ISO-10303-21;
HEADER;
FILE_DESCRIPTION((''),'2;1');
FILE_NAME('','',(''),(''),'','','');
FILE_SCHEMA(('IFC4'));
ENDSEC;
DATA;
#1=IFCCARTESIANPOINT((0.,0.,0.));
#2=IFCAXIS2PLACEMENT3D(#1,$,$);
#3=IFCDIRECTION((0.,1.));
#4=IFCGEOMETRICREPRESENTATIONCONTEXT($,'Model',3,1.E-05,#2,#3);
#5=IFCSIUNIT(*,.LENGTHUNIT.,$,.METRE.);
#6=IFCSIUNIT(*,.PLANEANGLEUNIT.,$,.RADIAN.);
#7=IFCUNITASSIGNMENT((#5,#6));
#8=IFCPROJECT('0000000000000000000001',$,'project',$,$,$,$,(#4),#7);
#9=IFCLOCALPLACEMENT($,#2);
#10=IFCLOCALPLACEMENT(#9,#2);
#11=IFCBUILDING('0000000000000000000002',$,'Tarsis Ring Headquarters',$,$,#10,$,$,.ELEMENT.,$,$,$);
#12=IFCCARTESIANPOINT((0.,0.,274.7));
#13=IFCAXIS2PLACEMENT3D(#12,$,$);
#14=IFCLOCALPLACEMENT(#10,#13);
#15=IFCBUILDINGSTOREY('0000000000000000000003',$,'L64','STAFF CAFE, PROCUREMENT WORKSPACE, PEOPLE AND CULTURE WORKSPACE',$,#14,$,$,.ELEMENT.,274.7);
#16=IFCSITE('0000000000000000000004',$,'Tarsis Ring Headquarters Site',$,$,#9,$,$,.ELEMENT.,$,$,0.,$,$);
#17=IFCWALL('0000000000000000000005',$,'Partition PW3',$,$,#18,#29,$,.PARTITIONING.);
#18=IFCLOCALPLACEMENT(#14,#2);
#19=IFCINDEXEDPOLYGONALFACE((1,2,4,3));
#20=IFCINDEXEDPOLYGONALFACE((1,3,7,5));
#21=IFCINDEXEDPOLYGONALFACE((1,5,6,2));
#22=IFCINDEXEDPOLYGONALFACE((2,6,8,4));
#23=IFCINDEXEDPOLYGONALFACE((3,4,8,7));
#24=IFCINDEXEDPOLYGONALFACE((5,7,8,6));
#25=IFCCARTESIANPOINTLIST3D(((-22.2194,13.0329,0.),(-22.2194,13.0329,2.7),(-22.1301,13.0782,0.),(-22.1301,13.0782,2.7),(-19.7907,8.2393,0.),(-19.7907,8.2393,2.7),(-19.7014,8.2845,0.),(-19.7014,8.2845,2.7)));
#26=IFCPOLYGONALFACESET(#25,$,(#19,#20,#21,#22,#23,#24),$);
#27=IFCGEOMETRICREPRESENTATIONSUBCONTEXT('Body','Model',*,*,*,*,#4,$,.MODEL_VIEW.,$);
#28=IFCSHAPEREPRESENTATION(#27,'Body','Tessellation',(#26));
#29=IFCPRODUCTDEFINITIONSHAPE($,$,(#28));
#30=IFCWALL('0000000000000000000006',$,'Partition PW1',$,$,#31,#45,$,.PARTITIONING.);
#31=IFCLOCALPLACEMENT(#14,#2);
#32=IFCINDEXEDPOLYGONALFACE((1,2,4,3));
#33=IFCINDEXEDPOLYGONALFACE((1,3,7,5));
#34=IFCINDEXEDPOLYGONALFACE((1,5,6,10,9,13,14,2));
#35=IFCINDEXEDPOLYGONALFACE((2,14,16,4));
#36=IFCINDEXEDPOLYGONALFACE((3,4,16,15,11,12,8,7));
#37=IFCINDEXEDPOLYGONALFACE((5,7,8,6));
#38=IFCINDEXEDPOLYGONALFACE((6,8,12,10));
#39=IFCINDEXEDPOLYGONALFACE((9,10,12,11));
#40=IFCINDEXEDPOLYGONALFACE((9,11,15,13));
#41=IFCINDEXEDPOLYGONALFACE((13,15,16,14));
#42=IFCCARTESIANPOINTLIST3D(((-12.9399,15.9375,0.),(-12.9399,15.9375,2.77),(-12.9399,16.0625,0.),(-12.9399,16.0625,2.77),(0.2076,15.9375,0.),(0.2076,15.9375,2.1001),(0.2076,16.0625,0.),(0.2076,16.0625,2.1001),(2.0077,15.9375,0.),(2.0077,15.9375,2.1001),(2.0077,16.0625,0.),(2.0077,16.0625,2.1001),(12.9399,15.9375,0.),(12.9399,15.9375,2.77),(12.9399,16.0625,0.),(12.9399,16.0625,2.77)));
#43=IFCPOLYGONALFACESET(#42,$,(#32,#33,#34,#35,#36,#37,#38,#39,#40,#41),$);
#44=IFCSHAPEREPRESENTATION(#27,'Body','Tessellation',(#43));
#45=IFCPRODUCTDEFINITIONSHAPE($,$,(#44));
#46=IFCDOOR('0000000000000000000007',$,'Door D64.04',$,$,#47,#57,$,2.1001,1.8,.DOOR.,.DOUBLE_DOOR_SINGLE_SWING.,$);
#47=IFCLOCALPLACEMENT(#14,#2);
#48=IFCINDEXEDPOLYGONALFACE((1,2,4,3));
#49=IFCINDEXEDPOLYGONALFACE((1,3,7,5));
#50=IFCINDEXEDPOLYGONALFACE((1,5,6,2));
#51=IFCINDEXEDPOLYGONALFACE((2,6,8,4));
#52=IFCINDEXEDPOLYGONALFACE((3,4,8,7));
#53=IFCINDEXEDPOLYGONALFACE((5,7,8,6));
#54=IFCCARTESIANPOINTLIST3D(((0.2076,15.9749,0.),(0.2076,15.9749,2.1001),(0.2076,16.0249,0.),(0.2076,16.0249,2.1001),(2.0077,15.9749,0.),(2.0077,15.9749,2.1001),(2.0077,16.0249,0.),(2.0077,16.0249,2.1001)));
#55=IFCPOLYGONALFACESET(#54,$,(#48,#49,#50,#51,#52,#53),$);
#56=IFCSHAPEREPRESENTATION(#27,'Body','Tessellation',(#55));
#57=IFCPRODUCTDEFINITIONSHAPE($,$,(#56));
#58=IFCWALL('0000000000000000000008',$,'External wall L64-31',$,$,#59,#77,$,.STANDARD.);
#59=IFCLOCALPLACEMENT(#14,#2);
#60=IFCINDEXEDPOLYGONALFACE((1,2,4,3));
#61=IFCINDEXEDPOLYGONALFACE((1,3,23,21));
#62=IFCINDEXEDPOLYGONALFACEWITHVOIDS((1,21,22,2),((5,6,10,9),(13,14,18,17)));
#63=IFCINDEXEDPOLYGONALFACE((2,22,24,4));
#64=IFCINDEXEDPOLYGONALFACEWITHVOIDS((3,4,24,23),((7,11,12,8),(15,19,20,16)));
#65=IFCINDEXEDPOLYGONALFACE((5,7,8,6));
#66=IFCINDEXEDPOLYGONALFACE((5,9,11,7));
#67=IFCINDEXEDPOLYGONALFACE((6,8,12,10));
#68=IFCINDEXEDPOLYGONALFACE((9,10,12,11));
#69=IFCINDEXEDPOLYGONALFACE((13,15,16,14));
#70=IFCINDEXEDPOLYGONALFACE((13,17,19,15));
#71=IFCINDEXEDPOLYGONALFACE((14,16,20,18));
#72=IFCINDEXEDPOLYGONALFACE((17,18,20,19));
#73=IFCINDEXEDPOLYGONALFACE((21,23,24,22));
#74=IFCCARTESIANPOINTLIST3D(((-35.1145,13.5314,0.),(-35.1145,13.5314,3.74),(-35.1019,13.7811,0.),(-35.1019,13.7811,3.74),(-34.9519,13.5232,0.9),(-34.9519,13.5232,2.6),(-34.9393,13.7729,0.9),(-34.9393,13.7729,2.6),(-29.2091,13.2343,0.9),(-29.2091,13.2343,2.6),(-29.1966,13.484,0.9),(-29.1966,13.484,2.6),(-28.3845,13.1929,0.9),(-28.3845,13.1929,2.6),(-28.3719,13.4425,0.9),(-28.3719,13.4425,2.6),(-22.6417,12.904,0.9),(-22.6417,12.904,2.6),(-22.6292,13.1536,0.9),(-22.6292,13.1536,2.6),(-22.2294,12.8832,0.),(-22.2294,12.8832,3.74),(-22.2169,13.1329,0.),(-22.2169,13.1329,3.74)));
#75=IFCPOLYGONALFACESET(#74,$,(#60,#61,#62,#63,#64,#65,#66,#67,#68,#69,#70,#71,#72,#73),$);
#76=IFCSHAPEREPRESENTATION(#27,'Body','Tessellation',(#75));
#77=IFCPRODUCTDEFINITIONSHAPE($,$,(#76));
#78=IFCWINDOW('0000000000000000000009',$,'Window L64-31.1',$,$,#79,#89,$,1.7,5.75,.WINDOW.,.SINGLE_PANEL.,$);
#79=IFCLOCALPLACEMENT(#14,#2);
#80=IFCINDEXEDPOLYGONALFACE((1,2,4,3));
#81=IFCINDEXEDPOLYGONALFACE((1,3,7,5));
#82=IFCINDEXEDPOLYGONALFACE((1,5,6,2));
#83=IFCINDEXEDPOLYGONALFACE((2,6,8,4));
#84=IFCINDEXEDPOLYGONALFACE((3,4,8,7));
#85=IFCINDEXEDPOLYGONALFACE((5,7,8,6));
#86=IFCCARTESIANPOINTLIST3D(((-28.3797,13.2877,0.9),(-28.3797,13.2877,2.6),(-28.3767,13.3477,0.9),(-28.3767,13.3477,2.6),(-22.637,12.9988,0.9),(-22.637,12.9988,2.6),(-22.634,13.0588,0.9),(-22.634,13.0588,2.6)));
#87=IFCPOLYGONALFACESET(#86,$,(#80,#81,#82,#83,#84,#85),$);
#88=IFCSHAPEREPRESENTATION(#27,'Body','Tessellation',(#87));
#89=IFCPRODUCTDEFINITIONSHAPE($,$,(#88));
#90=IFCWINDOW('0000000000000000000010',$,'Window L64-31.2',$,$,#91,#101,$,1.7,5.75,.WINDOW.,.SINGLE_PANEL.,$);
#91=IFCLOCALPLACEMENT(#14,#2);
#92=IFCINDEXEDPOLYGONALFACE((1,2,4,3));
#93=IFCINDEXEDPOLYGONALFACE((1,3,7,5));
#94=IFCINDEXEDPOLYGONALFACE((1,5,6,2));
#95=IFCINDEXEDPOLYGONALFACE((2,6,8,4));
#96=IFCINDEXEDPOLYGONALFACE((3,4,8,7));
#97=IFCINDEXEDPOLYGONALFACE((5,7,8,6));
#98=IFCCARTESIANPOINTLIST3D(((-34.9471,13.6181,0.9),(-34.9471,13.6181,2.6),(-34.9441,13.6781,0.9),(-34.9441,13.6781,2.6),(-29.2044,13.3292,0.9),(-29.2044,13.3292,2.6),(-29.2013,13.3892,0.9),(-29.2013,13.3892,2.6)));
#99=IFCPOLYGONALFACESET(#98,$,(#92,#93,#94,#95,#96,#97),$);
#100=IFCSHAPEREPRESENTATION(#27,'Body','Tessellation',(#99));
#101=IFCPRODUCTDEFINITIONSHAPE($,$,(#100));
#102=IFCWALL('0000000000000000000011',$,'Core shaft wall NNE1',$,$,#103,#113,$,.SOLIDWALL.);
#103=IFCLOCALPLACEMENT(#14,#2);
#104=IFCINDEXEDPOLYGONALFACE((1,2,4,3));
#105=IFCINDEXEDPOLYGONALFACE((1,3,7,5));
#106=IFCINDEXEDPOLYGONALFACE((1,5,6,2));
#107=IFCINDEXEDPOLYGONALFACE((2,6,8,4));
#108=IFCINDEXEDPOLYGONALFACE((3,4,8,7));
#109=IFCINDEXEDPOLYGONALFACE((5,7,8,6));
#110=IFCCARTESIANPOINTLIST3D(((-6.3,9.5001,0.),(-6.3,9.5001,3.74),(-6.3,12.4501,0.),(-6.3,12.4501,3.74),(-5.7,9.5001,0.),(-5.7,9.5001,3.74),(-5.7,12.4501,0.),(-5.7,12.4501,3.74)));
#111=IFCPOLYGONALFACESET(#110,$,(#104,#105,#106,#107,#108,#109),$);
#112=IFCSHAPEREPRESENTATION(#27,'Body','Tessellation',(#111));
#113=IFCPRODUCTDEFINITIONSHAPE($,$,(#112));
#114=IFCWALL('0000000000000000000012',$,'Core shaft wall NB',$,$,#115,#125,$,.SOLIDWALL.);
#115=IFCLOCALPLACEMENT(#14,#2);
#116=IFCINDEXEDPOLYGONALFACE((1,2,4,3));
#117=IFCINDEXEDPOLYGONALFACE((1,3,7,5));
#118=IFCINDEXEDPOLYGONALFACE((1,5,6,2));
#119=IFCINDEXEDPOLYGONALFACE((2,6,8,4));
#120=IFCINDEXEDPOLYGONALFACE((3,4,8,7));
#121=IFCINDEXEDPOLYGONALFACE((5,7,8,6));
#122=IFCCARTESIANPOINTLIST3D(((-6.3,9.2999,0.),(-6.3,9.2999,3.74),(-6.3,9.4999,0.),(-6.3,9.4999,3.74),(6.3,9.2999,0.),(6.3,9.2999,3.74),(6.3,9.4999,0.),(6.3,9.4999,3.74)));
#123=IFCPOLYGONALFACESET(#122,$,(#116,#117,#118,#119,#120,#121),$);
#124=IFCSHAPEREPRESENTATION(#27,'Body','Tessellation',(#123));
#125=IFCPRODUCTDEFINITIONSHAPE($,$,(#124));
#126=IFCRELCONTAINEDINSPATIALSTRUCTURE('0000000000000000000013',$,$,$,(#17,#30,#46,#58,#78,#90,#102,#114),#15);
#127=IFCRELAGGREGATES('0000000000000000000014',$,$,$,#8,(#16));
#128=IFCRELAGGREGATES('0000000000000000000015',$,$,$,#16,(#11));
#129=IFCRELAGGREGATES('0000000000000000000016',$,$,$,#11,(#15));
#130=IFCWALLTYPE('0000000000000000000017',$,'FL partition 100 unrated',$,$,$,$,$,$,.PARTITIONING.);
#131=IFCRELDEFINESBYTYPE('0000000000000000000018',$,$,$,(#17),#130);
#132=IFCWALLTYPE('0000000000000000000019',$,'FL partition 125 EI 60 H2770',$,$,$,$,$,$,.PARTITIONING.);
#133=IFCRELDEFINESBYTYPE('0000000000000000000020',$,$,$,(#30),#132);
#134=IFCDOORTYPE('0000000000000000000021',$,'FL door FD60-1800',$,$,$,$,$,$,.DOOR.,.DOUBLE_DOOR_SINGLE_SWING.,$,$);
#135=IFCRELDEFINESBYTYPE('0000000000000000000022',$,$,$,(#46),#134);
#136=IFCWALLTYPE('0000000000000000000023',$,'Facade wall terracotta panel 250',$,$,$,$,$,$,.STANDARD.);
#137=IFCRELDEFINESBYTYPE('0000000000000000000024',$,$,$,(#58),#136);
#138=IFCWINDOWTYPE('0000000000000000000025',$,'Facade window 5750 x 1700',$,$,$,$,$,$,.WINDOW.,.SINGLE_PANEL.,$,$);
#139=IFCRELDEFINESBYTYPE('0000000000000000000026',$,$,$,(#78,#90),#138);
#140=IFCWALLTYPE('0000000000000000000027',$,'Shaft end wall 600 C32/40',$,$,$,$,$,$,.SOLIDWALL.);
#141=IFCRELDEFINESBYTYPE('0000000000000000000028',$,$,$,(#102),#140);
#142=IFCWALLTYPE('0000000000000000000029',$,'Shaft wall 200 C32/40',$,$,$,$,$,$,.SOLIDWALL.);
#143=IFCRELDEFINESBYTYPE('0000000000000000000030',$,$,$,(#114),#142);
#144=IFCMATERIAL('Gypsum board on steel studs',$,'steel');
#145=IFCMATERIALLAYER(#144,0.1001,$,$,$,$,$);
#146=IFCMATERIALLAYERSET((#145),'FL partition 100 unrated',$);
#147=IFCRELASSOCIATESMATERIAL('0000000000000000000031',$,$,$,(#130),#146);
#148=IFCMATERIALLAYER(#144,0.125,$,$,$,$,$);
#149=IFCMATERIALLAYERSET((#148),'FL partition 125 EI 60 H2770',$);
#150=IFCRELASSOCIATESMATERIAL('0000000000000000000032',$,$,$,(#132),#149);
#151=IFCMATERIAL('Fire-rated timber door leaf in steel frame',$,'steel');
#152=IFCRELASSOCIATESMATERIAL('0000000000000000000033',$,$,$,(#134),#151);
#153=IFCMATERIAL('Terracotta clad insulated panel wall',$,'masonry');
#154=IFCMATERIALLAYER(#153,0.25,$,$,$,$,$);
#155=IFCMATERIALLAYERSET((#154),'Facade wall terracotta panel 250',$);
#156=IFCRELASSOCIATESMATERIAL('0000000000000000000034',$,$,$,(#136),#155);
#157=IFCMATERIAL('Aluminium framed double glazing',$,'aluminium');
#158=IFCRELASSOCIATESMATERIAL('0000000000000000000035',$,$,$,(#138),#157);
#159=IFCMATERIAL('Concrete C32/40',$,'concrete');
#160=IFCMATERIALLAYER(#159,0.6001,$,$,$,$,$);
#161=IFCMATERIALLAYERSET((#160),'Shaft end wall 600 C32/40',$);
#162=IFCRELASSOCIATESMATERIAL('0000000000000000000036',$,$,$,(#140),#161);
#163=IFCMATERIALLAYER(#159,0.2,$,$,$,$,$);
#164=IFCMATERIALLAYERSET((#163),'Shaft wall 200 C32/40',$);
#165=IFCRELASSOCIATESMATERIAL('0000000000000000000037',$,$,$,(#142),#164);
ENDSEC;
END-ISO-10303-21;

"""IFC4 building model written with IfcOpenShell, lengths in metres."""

from ifc_helpers import new_model, si_unit, direction, frame, frame_2d, origin, place, context, subcontext, project, spatial, rectangle, extrude, material, layer, layer_set, type_object, element, fill, save


model = new_model("IFC4")

# Units and contexts
model_context = context("Model", 3, precision=1e-05, world=origin(), true_north=direction((0.0, 1.0)))
body_context = subcontext(model_context, "Body", "Model", "MODEL_VIEW")
ifc_project = project(units=[si_unit("LENGTHUNIT", "METRE"), si_unit("PLANEANGLEUNIT", "RADIAN")], contexts=[model_context])

# Site, building, storey
site_placement = place(None, origin())
site = spatial("IfcSite", under=ifc_project, at=site_placement, Name="Tarsis Ring Headquarters Site", CompositionType="ELEMENT", RefElevation=0.0)
building_placement = place(site_placement, origin())
building = spatial("IfcBuilding", under=site, at=building_placement, Name="Tarsis Ring Headquarters", CompositionType="ELEMENT")
storey_placement = place(building_placement, frame((0.0, 0.0, 274.7)))
storey = spatial("IfcBuildingStorey", under=building, at=storey_placement, Name="L64", Description="STAFF CAFE, PROCUREMENT WORKSPACE, PEOPLE AND CULTURE WORKSPACE", CompositionType="ELEMENT", Elevation=274.7)

# Wall
ifc_material_1 = material(Name="Gypsum board on steel studs", Category="steel")
ifc_layer_1 = layer(ifc_material_1, 0.1001)
ifc_layer_set_1 = layer_set([ifc_layer_1], Name="FL partition 100 unrated")
wall_type_1 = type_object("IfcWallType", Name="FL partition 100 unrated", PredefinedType="PARTITIONING", material=ifc_layer_set_1)
wall_1_placement = place(storey_placement, frame((-22.1748, 13.0557, 0.0), z_axis=(0.0, 0.0, 1.0), x_axis=(0.45195, -0.892043, 0.0)))
element("IfcWall", 1, at=wall_1_placement, inside=storey, type_object=wall_type_1, Name="Partition PW3", PredefinedType="PARTITIONING", context=body_context, shape_type="SweptSolid", body=[
    extrude(rectangle(XDim=5.3738, YDim=0.1001, at=frame_2d((2.687, 0.0))), origin(), (0.0, 0.0, 1.0), 2.7),
])

# Wall, opening, door
ifc_layer_2 = layer(ifc_material_1, 0.125)
ifc_layer_set_2 = layer_set([ifc_layer_2], Name="FL partition 125 EI 60 H2770")
wall_type_2 = type_object("IfcWallType", Name="FL partition 125 EI 60 H2770", PredefinedType="PARTITIONING", material=ifc_layer_set_2)
wall_2_placement = place(storey_placement, frame((-12.9399, 16.0, 0.0), z_axis=(0.0, 0.0, 1.0), x_axis=(1.0, 0.0, 0.0)))
wall_2 = element("IfcWall", 2, at=wall_2_placement, inside=storey, type_object=wall_type_2, Name="Partition PW1", PredefinedType="PARTITIONING", context=body_context, shape_type="SweptSolid", body=[
    extrude(rectangle(XDim=25.8799, YDim=0.125, at=frame_2d((12.9399, 0.0))), origin(), (0.0, 0.0, 1.0), 2.77),
])
opening_1_placement = place(wall_2_placement, frame((13.1477, 0.0, 0.0)))
opening_1 = element("IfcOpeningElement", 3, at=opening_1_placement, cuts=wall_2, PredefinedType="OPENING", context=body_context, shape_type="SweptSolid", body=[
    extrude(rectangle(XDim=1.8, YDim=2.1001, at=frame_2d((0.8999, 1.05))), frame((0.0, 0.0725, 0.0), z_axis=(0.0, -1.0, 0.0), x_axis=(1.0, 0.0, 0.0)), (0.0, 0.0, 1.0), 0.145),
])
ifc_material_2 = material(Name="Fire-rated timber door leaf in steel frame", Category="steel")
door_type_1 = type_object("IfcDoorType", Name="FL door FD60-1800", OperationType="DOUBLE_DOOR_SINGLE_SWING", PredefinedType="DOOR", material=ifc_material_2)
door_1_placement = place(opening_1_placement, origin())
door_1 = element("IfcDoor", 4, at=door_1_placement, inside=storey, type_object=door_type_1, Name="Door D64.04", OperationType="DOUBLE_DOOR_SINGLE_SWING", OverallHeight=2.1001, OverallWidth=1.8, PredefinedType="DOOR", context=body_context, shape_type="SweptSolid", body=[
    extrude(rectangle(XDim=1.8, YDim=2.1001, at=frame_2d((0.8999, 1.05))), frame((0.0, 0.0249, 0.0), z_axis=(0.0, -1.0, 0.0), x_axis=(1.0, 0.0, 0.0)), (0.0, 0.0, 1.0), 0.05),
])
fill(opening_1, door_1)

# Wall, openings, windows
ifc_material_3 = material(Name="Terracotta clad insulated panel wall", Category="masonry")
ifc_layer_3 = layer(ifc_material_3, 0.25)
ifc_layer_set_3 = layer_set([ifc_layer_3], Name="Facade wall terracotta panel 250")
wall_type_3 = type_object("IfcWallType", Name="Facade wall terracotta panel 250", PredefinedType="STANDARD", material=ifc_layer_set_3)
wall_3_placement = place(storey_placement, frame((-22.2231, 13.0081, 0.0), z_axis=(0.0, 0.0, 1.0), x_axis=(-0.998737, 0.050242, 0.0)))
wall_3 = element("IfcWall", 5, at=wall_3_placement, inside=storey, type_object=wall_type_3, Name="External wall L64-31", PredefinedType="STANDARD", context=body_context, shape_type="SweptSolid", body=[
    extrude(rectangle(XDim=12.9014, YDim=0.25, at=frame_2d((6.4507, 0.0))), origin(), (0.0, 0.0, 1.0), 3.74),
])
opening_2_placement = place(wall_3_placement, frame((0.4128, 0.0, 0.8999)))
opening_2 = element("IfcOpeningElement", 6, at=opening_2_placement, cuts=wall_3, PredefinedType="OPENING", context=body_context, shape_type="SweptSolid", body=[
    extrude(rectangle(XDim=5.75, YDim=1.7, at=frame_2d((2.875, 0.8501))), frame((0.0, 0.135, 0.0), z_axis=(0.0, -1.0, 0.0), x_axis=(1.0, 0.0, 0.0)), (0.0, 0.0, 1.0), 0.27),
])
opening_3_placement = place(wall_3_placement, frame((6.9885, 0.0, 0.8999)))
opening_3 = element("IfcOpeningElement", 7, at=opening_3_placement, cuts=wall_3, PredefinedType="OPENING", context=body_context, shape_type="SweptSolid", body=[
    extrude(rectangle(XDim=5.75, YDim=1.7, at=frame_2d((2.875, 0.8501))), frame((0.0, 0.135, 0.0), z_axis=(0.0, -1.0, 0.0), x_axis=(1.0, 0.0, 0.0)), (0.0, 0.0, 1.0), 0.27),
])
ifc_material_4 = material(Name="Aluminium framed double glazing", Category="aluminium")
window_type = type_object("IfcWindowType", Name="Facade window 5750 x 1700", PartitioningType="SINGLE_PANEL", PredefinedType="WINDOW", material=ifc_material_4)
window_1_placement = place(opening_2_placement, origin())
window_1 = element("IfcWindow", 8, at=window_1_placement, inside=storey, type_object=window_type, Name="Window L64-31.1", OverallHeight=1.7, OverallWidth=5.75, PartitioningType="SINGLE_PANEL", PredefinedType="WINDOW", context=body_context, shape_type="SweptSolid", body=[
    extrude(rectangle(XDim=5.75, YDim=1.7, at=frame_2d((2.875, 0.8501))), frame((0.0, 0.03, 0.0), z_axis=(0.0, -1.0, 0.0), x_axis=(1.0, 0.0, 0.0)), (0.0, 0.0, 1.0), 0.0601),
])
fill(opening_2, window_1)
window_2_placement = place(opening_3_placement, origin())
window_2 = element("IfcWindow", 9, at=window_2_placement, inside=storey, type_object=window_type, Name="Window L64-31.2", OverallHeight=1.7, OverallWidth=5.75, PartitioningType="SINGLE_PANEL", PredefinedType="WINDOW", context=body_context, shape_type="SweptSolid", body=[
    extrude(rectangle(XDim=5.75, YDim=1.7, at=frame_2d((2.875, 0.8501))), frame((0.0, 0.03, 0.0), z_axis=(0.0, -1.0, 0.0), x_axis=(1.0, 0.0, 0.0)), (0.0, 0.0, 1.0), 0.0601),
])
fill(opening_3, window_2)

# Walls
ifc_material_5 = material(Name="Concrete C32/40", Category="concrete")
ifc_layer_4 = layer(ifc_material_5, 0.6001)
ifc_layer_set_4 = layer_set([ifc_layer_4], Name="Shaft end wall 600 C32/40")
wall_type_4 = type_object("IfcWallType", Name="Shaft end wall 600 C32/40", PredefinedType="SOLIDWALL", material=ifc_layer_set_4)
wall_4_placement = place(storey_placement, frame((-6.0, 9.5, 0.0), z_axis=(0.0, 0.0, 1.0), x_axis=(0.0, 1.0, 0.0)))
element("IfcWall", 10, at=wall_4_placement, inside=storey, type_object=wall_type_4, Name="Core shaft wall NNE1", PredefinedType="SOLIDWALL", context=body_context, shape_type="SweptSolid", body=[
    extrude(rectangle(XDim=2.95, YDim=0.6001, at=frame_2d((1.4751, 0.0))), origin(), (0.0, 0.0, 1.0), 3.74),
])
ifc_layer_5 = layer(ifc_material_5, 0.2)
ifc_layer_set_5 = layer_set([ifc_layer_5], Name="Shaft wall 200 C32/40")
wall_type_5 = type_object("IfcWallType", Name="Shaft wall 200 C32/40", PredefinedType="SOLIDWALL", material=ifc_layer_set_5)
wall_5_placement = place(storey_placement, frame((-6.3, 9.3999, 0.0), z_axis=(0.0, 0.0, 1.0), x_axis=(1.0, 0.0, 0.0)))
element("IfcWall", 11, at=wall_5_placement, inside=storey, type_object=wall_type_5, Name="Core shaft wall NB", PredefinedType="SOLIDWALL", context=body_context, shape_type="SweptSolid", body=[
    extrude(rectangle(XDim=12.6001, YDim=0.2, at=frame_2d((6.3, 0.0))), origin(), (0.0, 0.0, 1.0), 3.74),
])

save(model, "model.ifc")
